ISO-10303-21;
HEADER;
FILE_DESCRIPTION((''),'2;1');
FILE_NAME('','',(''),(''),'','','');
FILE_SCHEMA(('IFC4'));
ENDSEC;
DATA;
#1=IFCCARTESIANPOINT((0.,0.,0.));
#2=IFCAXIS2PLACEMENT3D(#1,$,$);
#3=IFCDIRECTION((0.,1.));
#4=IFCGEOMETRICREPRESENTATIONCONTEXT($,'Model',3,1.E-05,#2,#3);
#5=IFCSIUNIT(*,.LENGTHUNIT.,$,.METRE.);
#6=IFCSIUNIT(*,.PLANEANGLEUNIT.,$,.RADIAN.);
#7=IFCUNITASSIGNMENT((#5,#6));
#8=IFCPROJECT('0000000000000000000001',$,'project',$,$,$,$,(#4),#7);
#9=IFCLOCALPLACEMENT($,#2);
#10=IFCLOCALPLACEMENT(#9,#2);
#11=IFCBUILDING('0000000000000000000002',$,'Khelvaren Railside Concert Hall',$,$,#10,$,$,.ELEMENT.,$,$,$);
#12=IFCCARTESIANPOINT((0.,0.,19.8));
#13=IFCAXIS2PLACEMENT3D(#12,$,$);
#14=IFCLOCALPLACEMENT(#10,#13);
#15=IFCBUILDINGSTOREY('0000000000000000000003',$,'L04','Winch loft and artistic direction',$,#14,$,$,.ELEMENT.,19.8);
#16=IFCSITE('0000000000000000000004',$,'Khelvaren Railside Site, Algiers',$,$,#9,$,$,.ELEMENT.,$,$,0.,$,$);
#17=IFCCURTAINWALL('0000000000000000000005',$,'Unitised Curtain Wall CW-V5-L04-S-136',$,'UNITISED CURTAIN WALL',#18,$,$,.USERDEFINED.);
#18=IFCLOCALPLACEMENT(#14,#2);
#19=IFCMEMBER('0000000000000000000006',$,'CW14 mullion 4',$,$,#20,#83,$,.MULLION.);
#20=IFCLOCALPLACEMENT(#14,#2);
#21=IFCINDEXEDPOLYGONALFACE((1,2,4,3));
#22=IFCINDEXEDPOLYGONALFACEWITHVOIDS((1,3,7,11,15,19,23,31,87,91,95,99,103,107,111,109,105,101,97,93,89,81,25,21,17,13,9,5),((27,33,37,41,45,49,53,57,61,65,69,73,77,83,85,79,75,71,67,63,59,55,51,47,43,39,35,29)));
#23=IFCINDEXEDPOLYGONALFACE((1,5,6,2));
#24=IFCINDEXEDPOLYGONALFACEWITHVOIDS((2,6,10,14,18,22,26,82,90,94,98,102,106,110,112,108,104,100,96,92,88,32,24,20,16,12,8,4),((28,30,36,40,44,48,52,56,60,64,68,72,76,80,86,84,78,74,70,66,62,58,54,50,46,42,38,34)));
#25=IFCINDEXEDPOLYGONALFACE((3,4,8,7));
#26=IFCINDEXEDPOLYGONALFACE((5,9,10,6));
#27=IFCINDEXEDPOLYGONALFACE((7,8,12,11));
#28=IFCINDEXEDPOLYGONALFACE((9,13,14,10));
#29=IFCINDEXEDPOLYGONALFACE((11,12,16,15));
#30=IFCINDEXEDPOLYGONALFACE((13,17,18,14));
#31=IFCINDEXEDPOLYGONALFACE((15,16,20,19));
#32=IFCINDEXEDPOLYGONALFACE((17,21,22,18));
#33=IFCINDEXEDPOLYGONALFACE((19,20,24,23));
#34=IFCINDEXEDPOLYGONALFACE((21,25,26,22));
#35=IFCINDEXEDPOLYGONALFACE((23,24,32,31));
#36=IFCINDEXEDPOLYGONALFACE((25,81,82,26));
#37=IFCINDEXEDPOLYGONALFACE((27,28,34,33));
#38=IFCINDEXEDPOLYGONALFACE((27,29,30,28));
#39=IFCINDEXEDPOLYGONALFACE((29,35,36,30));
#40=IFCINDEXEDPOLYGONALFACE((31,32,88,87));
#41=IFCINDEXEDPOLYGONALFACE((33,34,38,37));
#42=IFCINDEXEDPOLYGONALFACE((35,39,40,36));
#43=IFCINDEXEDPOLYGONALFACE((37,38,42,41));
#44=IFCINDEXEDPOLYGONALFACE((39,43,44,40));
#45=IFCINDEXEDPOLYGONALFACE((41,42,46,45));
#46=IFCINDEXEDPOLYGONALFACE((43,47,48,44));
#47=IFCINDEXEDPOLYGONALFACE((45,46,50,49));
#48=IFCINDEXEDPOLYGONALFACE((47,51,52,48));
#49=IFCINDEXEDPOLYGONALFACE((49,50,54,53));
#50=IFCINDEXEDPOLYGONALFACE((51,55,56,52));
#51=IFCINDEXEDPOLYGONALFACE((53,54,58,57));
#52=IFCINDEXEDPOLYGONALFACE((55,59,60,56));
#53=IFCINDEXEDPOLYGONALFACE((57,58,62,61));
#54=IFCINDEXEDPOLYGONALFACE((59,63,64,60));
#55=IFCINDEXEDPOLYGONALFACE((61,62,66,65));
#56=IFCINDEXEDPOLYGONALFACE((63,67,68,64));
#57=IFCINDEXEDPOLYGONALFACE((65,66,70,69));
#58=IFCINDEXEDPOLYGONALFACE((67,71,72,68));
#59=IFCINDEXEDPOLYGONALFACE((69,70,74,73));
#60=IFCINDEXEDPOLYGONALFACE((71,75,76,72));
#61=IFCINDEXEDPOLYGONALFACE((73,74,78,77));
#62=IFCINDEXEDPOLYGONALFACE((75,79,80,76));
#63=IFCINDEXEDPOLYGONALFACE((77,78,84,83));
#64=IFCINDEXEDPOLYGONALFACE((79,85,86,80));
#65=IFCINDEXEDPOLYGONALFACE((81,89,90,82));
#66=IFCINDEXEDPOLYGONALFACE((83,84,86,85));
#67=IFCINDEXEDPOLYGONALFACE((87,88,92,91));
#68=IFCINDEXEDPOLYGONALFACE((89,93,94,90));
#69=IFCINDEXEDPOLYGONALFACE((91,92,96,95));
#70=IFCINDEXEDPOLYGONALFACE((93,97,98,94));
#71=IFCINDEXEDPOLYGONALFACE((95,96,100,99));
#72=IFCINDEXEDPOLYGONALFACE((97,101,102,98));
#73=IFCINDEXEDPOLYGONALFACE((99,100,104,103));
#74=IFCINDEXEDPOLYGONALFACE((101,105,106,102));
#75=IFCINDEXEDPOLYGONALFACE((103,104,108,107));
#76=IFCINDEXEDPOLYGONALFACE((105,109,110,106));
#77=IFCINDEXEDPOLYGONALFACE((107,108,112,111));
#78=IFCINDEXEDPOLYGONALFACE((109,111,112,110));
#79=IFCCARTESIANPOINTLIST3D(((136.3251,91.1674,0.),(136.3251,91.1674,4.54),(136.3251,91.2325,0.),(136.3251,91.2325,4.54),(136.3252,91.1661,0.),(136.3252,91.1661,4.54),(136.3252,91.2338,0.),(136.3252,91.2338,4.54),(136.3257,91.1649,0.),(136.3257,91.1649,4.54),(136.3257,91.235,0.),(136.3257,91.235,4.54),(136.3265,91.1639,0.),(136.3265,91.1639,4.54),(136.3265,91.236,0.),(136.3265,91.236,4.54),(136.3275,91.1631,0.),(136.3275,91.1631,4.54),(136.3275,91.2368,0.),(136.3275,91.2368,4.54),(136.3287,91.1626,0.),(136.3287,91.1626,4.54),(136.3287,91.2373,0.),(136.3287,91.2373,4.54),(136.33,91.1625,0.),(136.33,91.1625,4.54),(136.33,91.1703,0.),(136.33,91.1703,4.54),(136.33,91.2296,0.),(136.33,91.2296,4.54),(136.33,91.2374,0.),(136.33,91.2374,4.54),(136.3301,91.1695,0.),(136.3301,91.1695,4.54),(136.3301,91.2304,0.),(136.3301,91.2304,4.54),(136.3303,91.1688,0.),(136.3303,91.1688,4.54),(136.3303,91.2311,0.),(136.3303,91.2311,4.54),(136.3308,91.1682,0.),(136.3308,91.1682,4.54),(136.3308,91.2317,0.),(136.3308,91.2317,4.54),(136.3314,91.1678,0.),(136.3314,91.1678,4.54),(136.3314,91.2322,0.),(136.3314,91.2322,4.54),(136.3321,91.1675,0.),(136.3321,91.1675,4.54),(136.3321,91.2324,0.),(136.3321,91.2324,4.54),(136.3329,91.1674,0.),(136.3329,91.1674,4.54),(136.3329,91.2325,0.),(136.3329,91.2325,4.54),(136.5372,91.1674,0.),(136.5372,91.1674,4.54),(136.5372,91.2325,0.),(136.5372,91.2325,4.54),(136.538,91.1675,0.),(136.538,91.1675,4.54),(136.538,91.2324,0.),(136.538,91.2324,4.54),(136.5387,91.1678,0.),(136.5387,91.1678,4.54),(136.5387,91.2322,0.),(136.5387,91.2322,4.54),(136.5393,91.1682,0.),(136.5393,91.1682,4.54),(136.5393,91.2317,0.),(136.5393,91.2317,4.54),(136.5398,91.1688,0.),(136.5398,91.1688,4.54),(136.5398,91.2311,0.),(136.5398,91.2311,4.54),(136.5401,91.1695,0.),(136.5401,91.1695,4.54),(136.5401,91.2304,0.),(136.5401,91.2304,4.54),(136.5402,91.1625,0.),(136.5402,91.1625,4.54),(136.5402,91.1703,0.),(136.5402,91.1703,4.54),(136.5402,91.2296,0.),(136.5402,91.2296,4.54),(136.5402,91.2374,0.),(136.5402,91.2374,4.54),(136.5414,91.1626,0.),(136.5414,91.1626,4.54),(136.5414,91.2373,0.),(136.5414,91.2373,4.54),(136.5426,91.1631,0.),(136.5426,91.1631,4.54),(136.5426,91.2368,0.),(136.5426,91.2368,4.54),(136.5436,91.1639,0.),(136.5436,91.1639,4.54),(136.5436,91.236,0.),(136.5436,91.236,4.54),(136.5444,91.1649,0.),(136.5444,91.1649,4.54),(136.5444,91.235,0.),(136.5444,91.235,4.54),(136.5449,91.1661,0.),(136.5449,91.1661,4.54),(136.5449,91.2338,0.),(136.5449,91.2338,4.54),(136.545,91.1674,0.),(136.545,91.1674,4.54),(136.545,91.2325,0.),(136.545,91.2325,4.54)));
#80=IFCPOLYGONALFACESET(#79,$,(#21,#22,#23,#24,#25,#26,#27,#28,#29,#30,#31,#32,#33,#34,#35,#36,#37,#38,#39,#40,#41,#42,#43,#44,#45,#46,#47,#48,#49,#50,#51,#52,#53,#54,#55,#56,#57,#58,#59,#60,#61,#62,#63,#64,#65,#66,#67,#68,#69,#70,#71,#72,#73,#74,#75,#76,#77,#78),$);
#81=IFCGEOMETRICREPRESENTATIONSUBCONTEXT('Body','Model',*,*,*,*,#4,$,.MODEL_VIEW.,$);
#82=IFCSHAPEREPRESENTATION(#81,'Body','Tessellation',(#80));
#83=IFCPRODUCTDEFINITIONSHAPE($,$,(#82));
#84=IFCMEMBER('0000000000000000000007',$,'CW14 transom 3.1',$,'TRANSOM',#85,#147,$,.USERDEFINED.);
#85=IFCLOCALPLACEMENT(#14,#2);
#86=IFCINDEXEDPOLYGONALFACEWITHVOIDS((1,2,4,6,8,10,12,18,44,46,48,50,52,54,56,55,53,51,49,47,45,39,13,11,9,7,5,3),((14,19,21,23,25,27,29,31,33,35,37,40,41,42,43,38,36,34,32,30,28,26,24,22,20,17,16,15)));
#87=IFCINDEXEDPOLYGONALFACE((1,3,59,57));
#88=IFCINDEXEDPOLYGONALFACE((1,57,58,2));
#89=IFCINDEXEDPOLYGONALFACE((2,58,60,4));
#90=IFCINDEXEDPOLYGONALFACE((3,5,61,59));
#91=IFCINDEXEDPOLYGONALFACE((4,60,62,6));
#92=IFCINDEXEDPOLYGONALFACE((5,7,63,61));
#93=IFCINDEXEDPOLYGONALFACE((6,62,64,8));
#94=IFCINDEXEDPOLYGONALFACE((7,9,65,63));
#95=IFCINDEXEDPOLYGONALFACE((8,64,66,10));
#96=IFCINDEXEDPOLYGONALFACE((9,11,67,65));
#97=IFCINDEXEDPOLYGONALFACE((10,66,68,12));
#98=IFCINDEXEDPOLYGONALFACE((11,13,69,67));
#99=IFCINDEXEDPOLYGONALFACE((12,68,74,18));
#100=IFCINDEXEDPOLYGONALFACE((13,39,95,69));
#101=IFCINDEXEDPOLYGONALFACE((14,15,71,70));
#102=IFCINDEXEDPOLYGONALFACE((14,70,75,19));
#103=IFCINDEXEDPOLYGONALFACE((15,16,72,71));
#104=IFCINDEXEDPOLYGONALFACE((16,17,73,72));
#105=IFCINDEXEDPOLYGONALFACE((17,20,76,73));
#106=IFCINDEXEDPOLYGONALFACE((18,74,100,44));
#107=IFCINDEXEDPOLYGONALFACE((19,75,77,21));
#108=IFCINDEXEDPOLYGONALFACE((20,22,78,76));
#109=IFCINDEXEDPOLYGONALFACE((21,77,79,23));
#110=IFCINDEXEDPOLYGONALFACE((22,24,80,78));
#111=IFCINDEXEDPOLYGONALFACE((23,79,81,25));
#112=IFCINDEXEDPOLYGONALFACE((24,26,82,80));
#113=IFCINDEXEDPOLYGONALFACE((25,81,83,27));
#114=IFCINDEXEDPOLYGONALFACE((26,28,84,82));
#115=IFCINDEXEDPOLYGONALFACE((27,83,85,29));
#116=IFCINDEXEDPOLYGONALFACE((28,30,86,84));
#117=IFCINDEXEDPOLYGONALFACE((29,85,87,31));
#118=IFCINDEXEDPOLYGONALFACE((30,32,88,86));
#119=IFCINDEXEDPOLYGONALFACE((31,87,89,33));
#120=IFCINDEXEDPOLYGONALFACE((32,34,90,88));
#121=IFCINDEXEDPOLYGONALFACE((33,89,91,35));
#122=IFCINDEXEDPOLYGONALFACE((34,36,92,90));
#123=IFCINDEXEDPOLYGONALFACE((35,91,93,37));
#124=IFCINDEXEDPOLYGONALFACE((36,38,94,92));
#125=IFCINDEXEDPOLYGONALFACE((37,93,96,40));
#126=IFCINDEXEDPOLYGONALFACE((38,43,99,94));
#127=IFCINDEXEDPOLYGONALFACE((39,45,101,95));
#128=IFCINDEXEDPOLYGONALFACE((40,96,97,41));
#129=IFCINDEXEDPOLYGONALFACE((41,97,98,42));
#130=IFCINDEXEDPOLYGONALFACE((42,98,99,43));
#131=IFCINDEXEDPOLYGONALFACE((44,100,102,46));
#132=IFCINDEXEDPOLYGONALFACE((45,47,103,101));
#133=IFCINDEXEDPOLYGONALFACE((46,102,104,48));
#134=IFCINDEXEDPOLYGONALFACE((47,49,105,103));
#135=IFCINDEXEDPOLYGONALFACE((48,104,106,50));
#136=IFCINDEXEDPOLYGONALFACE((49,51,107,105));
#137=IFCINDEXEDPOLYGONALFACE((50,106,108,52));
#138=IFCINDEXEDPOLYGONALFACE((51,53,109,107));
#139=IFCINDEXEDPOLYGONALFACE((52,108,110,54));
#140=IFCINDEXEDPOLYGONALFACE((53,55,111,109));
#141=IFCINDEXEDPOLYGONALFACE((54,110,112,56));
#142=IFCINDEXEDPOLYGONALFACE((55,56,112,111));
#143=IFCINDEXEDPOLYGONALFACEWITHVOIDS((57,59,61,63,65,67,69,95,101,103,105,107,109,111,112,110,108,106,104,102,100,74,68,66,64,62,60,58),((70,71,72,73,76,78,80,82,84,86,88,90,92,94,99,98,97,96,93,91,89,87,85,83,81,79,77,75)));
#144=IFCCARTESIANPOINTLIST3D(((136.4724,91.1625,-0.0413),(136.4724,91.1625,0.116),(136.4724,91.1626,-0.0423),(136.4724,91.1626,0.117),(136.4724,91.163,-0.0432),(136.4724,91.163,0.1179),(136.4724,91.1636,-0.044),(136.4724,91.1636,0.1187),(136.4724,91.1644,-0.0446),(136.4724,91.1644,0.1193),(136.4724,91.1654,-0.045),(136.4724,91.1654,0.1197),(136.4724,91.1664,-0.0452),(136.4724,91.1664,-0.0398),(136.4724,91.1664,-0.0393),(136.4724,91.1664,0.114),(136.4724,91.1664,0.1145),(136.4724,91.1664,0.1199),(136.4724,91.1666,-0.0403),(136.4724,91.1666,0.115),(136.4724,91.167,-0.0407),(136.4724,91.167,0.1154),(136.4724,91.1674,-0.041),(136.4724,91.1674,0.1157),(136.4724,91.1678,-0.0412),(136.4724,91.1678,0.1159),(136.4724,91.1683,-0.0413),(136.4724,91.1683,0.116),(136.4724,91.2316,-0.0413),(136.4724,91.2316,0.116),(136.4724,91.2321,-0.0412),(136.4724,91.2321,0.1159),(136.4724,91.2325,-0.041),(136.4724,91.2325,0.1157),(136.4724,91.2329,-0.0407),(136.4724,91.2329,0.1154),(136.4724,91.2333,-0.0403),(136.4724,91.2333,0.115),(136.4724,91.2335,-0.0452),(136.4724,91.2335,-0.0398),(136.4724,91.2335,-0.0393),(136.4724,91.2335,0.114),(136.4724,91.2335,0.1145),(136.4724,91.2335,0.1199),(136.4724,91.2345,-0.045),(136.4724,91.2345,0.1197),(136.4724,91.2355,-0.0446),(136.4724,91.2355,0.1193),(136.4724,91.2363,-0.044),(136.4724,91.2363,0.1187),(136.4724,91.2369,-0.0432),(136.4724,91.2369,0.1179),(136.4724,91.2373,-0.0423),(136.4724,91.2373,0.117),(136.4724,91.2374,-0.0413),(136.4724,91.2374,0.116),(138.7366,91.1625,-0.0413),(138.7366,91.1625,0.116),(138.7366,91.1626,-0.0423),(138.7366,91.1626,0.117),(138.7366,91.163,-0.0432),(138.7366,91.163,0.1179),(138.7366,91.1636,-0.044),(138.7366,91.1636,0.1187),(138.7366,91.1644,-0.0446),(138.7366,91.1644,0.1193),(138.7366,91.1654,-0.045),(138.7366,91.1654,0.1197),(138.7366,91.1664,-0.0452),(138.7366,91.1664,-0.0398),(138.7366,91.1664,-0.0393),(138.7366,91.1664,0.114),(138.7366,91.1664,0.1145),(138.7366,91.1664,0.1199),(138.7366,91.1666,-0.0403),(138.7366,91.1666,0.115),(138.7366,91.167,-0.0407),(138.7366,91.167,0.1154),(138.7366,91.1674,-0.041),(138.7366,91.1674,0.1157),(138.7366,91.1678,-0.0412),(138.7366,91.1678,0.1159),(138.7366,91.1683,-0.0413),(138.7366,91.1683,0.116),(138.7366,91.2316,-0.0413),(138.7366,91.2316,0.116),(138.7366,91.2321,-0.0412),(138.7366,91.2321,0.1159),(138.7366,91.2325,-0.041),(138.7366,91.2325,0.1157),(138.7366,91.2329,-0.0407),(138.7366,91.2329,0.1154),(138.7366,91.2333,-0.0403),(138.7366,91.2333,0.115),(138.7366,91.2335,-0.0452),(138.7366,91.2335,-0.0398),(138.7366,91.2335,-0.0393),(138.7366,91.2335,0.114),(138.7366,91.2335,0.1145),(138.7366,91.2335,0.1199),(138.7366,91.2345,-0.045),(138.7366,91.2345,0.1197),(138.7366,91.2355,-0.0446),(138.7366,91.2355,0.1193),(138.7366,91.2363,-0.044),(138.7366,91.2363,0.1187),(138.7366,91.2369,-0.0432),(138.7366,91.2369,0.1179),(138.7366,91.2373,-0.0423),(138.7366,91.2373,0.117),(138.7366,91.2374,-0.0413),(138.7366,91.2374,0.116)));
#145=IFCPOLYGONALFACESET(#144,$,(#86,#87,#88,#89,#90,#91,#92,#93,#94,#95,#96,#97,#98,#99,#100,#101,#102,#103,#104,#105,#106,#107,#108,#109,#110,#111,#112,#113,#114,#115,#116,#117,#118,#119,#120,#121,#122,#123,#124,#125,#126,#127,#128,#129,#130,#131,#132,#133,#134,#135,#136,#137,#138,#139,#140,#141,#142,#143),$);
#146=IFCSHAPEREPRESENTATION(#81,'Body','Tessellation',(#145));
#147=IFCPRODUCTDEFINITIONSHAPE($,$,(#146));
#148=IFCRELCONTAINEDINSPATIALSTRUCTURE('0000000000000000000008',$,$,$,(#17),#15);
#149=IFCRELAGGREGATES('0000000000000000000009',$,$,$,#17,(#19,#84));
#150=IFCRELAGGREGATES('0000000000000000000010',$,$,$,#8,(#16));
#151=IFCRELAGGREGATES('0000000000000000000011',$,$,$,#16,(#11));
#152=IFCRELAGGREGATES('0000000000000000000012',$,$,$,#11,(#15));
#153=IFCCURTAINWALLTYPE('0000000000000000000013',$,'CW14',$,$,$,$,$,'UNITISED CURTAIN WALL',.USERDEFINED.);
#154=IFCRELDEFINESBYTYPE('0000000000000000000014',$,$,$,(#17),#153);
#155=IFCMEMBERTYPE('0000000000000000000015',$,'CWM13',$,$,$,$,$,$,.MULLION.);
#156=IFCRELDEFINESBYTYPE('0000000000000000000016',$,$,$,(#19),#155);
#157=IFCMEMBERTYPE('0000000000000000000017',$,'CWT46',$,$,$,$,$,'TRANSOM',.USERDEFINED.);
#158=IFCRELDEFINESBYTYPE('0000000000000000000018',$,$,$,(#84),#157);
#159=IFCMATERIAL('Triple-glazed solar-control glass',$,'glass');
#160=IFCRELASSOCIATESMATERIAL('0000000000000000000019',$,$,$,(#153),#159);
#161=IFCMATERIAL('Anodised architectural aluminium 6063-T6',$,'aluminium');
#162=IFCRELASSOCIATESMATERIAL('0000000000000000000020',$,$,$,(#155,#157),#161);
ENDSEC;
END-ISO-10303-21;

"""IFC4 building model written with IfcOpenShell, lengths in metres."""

from ifc_helpers import new_model, si_unit, direction, frame, origin, origin_2d, place, context, subcontext, project, spatial, hollow_rectangle, extrude, material, material_profile, profile_set, type_object, element, aggregate, save


model = new_model("IFC4")

# Units and contexts
model_context = context("Model", 3, precision=1e-05, world=origin(), true_north=direction((0.0, 1.0)))
body_context = subcontext(model_context, "Body", "Model", "MODEL_VIEW")
ifc_project = project(units=[si_unit("LENGTHUNIT", "METRE"), si_unit("PLANEANGLEUNIT", "RADIAN")], contexts=[model_context])

# Site, building, storey
site_placement = place(None, origin())
site = spatial("IfcSite", under=ifc_project, at=site_placement, Name="Khelvaren Railside Site, Algiers", CompositionType="ELEMENT", RefElevation=0.0)
building_placement = place(site_placement, origin())
building = spatial("IfcBuilding", under=site, at=building_placement, Name="Khelvaren Railside Concert Hall", CompositionType="ELEMENT")
storey_placement = place(building_placement, frame((0.0, 0.0, 19.8)))
storey = spatial("IfcBuildingStorey", under=building, at=storey_placement, Name="L04", Description="Winch loft and artistic direction", CompositionType="ELEMENT", Elevation=19.8)

# Curtain wall, members
ifc_material_1 = material(Name="Triple-glazed solar-control glass", Category="glass")
curtain_wall_type = type_object("IfcCurtainWallType", Name="CW14", ElementType="UNITISED CURTAIN WALL", PredefinedType="USERDEFINED", material=ifc_material_1)
curtain_wall_placement = place(storey_placement, origin())
curtain_wall = element("IfcCurtainWall", 1, at=curtain_wall_placement, inside=storey, type_object=curtain_wall_type, Name="Unitised Curtain Wall CW-V5-L04-S-136", ObjectType="UNITISED CURTAIN WALL", PredefinedType="USERDEFINED")
ifc_material_2 = material(Name="Anodised architectural aluminium 6063-T6", Category="aluminium")
ifc_material_profile_1 = material_profile(ifc_material_2, hollow_rectangle(XDim=0.075, YDim=0.22, WallThickness=0.0049, InnerFilletRadius=0.0029, OuterFilletRadius=0.0049, at=origin_2d()), Name="CWM 75x220x5")
ifc_profile_set_1 = profile_set([ifc_material_profile_1], Name="Anodised architectural aluminium 6063-T6")
member_type_1 = type_object("IfcMemberType", Name="CWM13", PredefinedType="MULLION", material=ifc_profile_set_1)
member_1_placement = place(storey_placement, frame((136.4351, 91.2, 0.0), z_axis=(0.0, 0.0, 1.0), x_axis=(0.0, -1.0, 0.0)))
member_1 = element("IfcMember", 2, at=member_1_placement, type_object=member_type_1, Name="CW14 mullion 4", PredefinedType="MULLION", context=body_context, shape_type="SweptSolid", body=[
    extrude(hollow_rectangle(XDim=0.075, YDim=0.22, WallThickness=0.0049, InnerFilletRadius=0.0029, OuterFilletRadius=0.0049, at=origin_2d()), origin(), (0.0, 0.0, 1.0), 4.54),
])
ifc_material_profile_2 = material_profile(ifc_material_2, hollow_rectangle(XDim=0.075, YDim=0.165, WallThickness=0.0039, InnerFilletRadius=0.002, OuterFilletRadius=0.0039, at=origin_2d()), Name="CWT 75x165x4")
ifc_profile_set_2 = profile_set([ifc_material_profile_2], Name="Anodised architectural aluminium 6063-T6")
member_type_2 = type_object("IfcMemberType", Name="CWT46", ElementType="TRANSOM", PredefinedType="USERDEFINED", material=ifc_profile_set_2)
member_2_placement = place(storey_placement, frame((138.7366, 91.2, 0.0374), z_axis=(-1.0, 0.0, 0.0), x_axis=(0.0, -1.0, 0.0)))
member_2 = element("IfcMember", 3, at=member_2_placement, type_object=member_type_2, Name="CW14 transom 3.1", ObjectType="TRANSOM", PredefinedType="USERDEFINED", context=body_context, shape_type="SweptSolid", body=[
    extrude(hollow_rectangle(XDim=0.075, YDim=0.165, WallThickness=0.0039, InnerFilletRadius=0.002, OuterFilletRadius=0.0039, at=origin_2d()), origin(), (0.0, 0.0, 1.0), 2.2642),
])

aggregate(curtain_wall, [member_1, member_2])

save(model, "model.ifc")
